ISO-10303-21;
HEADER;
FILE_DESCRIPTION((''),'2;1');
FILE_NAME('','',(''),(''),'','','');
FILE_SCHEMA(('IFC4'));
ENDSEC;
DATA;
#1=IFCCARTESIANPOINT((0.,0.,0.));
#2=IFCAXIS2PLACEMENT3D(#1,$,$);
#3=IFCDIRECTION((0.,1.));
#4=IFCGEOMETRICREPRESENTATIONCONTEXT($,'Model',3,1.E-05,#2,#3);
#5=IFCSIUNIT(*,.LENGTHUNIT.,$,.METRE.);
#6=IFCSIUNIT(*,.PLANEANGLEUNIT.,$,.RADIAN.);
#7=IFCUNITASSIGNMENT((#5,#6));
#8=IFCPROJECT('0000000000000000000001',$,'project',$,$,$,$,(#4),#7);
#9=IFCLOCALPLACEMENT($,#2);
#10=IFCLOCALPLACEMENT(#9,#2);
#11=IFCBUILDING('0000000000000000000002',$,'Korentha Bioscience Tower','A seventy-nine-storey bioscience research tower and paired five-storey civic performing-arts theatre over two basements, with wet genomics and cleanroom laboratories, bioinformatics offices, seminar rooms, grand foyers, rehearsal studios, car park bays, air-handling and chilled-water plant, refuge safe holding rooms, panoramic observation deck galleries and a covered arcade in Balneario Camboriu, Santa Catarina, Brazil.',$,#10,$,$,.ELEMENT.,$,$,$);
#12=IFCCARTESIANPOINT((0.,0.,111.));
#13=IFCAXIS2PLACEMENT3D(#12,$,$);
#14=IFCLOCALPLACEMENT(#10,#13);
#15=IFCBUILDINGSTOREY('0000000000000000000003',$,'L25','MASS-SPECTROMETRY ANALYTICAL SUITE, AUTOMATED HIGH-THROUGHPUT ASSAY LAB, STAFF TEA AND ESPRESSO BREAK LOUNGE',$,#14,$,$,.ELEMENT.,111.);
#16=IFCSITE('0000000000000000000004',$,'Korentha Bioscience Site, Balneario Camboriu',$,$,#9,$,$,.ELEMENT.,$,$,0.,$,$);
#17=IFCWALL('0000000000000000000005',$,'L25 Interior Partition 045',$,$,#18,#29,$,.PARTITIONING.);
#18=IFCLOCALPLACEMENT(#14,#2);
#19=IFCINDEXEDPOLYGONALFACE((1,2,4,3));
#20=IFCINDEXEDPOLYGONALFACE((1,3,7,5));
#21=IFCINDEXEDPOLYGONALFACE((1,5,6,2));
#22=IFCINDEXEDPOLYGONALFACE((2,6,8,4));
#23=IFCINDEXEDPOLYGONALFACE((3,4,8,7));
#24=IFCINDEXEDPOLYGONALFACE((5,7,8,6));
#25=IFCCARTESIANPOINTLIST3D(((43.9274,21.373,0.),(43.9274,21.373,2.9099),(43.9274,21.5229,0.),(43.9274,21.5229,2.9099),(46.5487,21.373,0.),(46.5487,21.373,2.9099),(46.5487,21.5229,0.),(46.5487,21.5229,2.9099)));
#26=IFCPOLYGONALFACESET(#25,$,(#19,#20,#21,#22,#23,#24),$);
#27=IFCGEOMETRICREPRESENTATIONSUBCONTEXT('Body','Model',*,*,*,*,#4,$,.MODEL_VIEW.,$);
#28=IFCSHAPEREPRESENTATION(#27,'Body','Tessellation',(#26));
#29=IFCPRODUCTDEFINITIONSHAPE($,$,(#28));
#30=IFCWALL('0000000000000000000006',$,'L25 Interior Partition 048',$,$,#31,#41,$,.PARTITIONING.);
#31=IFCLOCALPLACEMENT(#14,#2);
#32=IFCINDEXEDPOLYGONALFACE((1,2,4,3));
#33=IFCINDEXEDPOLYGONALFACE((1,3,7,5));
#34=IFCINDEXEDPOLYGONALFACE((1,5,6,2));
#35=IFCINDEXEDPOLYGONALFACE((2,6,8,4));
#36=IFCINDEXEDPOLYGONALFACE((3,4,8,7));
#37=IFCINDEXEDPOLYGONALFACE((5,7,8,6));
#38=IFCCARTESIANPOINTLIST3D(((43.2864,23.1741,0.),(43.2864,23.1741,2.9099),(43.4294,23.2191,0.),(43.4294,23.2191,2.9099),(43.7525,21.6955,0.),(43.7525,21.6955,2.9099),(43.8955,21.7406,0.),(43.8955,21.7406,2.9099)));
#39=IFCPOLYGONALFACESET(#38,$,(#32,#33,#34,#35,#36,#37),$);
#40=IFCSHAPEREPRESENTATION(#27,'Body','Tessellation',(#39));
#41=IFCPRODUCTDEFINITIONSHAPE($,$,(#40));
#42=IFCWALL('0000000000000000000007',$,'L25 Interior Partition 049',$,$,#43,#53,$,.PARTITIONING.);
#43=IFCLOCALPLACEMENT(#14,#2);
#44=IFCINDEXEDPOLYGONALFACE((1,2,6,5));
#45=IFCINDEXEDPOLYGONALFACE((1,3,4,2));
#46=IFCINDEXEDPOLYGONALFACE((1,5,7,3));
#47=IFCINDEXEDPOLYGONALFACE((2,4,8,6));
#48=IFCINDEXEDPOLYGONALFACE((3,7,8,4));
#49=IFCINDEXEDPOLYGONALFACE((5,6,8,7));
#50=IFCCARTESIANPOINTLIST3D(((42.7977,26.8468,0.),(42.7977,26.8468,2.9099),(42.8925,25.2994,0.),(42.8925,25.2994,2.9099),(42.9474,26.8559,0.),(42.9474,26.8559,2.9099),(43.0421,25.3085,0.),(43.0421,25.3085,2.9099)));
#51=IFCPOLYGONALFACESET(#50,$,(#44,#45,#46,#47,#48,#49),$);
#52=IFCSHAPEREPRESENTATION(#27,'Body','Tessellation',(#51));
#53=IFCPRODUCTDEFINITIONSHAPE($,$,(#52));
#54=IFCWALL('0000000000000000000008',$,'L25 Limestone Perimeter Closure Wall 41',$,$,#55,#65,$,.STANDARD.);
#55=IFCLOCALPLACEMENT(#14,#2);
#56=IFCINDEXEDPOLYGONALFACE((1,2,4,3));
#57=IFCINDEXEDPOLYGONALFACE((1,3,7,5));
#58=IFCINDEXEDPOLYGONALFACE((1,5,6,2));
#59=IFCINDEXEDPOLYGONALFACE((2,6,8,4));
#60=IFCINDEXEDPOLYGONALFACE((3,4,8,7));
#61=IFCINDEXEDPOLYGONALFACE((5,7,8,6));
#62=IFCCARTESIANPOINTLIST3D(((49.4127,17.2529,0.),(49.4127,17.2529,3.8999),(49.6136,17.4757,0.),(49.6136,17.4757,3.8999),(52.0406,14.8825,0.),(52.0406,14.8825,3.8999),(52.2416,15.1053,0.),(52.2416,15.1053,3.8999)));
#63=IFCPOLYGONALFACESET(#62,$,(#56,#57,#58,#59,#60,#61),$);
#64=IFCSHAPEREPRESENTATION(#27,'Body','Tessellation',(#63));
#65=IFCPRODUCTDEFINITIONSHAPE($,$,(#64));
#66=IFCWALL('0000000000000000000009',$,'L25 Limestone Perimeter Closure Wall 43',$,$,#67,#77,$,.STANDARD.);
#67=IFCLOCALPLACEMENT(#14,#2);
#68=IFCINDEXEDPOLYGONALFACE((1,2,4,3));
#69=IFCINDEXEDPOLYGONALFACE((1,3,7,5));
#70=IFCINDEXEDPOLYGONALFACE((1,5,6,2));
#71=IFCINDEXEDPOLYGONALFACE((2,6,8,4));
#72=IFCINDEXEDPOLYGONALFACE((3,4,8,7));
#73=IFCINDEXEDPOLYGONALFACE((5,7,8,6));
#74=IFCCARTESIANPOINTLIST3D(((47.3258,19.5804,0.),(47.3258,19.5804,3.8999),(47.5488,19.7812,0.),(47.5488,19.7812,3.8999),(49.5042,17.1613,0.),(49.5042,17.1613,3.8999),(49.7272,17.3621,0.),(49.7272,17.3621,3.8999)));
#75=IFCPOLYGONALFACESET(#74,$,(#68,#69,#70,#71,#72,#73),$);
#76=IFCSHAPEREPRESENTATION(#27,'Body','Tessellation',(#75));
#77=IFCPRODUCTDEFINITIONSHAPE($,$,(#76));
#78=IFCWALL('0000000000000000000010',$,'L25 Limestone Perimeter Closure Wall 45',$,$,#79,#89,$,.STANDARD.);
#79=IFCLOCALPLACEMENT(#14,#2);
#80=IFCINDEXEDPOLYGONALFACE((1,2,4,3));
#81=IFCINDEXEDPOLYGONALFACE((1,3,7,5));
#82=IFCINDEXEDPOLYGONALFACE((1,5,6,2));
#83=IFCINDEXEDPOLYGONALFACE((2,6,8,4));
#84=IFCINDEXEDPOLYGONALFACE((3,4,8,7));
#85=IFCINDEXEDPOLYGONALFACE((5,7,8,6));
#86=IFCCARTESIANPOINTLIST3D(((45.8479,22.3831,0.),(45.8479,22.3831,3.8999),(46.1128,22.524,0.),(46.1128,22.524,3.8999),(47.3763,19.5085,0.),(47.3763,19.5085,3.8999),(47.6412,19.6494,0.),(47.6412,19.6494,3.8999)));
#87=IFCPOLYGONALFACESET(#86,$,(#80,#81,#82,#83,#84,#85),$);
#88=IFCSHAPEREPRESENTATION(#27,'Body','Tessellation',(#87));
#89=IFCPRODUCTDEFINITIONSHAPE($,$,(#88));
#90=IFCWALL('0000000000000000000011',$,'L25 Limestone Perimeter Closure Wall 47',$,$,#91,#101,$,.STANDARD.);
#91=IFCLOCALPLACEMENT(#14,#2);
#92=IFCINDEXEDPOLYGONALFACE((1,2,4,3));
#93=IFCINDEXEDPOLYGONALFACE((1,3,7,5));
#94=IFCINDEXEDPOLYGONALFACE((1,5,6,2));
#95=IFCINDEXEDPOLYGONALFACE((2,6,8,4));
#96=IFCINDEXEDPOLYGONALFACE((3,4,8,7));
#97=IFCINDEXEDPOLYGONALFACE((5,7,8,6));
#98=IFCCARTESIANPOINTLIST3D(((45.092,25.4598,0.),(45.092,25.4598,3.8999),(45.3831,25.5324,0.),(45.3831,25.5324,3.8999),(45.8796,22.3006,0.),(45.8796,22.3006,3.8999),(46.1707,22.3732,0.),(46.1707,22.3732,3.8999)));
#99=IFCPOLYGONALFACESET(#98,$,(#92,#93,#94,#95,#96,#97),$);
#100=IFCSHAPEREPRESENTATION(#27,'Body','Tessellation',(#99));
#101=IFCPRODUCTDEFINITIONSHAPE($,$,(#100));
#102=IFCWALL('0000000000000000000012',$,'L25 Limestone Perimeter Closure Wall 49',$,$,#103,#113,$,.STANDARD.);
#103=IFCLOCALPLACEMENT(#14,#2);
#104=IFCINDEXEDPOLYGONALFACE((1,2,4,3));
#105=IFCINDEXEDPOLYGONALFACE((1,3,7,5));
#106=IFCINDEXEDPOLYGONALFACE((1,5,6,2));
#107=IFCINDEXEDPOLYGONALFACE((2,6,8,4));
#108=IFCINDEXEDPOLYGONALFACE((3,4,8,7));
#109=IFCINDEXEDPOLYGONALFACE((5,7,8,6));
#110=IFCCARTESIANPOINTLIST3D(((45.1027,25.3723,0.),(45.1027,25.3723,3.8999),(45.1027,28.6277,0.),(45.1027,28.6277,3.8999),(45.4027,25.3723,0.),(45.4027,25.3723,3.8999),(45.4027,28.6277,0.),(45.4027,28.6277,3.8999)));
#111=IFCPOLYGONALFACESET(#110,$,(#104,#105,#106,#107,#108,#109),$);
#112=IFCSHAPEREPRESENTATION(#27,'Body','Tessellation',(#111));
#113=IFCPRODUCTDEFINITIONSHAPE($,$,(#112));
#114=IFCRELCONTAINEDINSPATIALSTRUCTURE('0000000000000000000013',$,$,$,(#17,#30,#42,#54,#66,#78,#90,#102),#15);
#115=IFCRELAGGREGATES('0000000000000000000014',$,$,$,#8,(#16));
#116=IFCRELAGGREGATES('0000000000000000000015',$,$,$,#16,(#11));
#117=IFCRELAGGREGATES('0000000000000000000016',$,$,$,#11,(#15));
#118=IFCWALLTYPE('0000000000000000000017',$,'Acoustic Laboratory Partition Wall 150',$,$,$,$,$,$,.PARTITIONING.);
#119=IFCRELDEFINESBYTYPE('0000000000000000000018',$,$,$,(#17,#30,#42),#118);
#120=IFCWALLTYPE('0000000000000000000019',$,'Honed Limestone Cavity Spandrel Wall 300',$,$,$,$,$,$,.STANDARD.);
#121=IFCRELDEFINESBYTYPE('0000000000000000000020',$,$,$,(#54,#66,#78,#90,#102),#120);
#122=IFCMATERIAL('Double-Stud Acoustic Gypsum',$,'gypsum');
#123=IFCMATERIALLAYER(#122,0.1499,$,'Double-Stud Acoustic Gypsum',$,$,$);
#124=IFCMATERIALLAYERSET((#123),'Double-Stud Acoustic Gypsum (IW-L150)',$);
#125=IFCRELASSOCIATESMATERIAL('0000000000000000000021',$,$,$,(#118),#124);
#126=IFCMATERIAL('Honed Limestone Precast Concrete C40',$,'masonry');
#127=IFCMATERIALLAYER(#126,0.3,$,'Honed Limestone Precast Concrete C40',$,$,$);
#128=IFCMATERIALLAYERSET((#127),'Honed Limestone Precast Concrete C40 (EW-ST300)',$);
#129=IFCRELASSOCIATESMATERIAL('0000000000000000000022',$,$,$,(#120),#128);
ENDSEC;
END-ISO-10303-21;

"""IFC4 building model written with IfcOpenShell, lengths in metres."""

from ifc_helpers import new_model, si_unit, direction, frame, frame_2d, origin, place, context, subcontext, project, spatial, rectangle, extrude, material, layer, layer_set, type_object, element, save


model = new_model("IFC4")

# Units and contexts
model_context = context("Model", 3, precision=1e-05, world=origin(), true_north=direction((0.0, 1.0)))
body_context = subcontext(model_context, "Body", "Model", "MODEL_VIEW")
ifc_project = project(units=[si_unit("LENGTHUNIT", "METRE"), si_unit("PLANEANGLEUNIT", "RADIAN")], contexts=[model_context])

# Site, building, storey
site_placement = place(None, origin())
site = spatial("IfcSite", under=ifc_project, at=site_placement, Name="Korentha Bioscience Site, Balneario Camboriu", CompositionType="ELEMENT", RefElevation=0.0)
building_placement = place(site_placement, origin())
building = spatial("IfcBuilding", under=site, at=building_placement, Name="Korentha Bioscience Tower", Description="A seventy-nine-storey bioscience research tower and paired five-storey civic performing-arts theatre over two basements, with wet genomics and cleanroom laboratories, bioinformatics offices, seminar rooms, grand foyers, rehearsal studios, car park bays, air-handling and chilled-water plant, refuge safe holding rooms, panoramic observation deck galleries and a covered arcade in Balneario Camboriu, Santa Catarina, Brazil.", CompositionType="ELEMENT")
storey_placement = place(building_placement, frame((0.0, 0.0, 111.0)))
storey = spatial("IfcBuildingStorey", under=building, at=storey_placement, Name="L25", Description="MASS-SPECTROMETRY ANALYTICAL SUITE, AUTOMATED HIGH-THROUGHPUT ASSAY LAB, STAFF TEA AND ESPRESSO BREAK LOUNGE", CompositionType="ELEMENT", Elevation=111.0)

# Shared definitions
ifc_material_1 = material(Name="Double-Stud Acoustic Gypsum", Category="gypsum")
ifc_layer_1 = layer(ifc_material_1, 0.1499, Name="Double-Stud Acoustic Gypsum")
ifc_layer_set_1 = layer_set([ifc_layer_1], Name="Double-Stud Acoustic Gypsum (IW-L150)")
wall_type_1 = type_object("IfcWallType", Name="Acoustic Laboratory Partition Wall 150", PredefinedType="PARTITIONING", material=ifc_layer_set_1)

# Walls
wall_1_placement = place(storey_placement, frame((43.9275, 21.448, 0.0), z_axis=(0.0, 0.0, 1.0), x_axis=(1.0, 0.0, 0.0)))
element("IfcWall", 1, at=wall_1_placement, inside=storey, type_object=wall_type_1, Name="L25 Interior Partition 045", PredefinedType="PARTITIONING", context=body_context, shape_type="SweptSolid", body=[
    extrude(rectangle(XDim=2.6213, YDim=0.1499, at=frame_2d((1.3105, 0.0))), origin(), (0.0, 0.0, 1.0), 2.9099),
])
for number, where, z_axis, x_axis, name in (
    (2, (43.824, 21.718, 0.0), (0.0, 0.0, 1.0), (-0.300641, 0.953737, 0.0), "L25 Interior Partition 048"),
    (3, (42.9673, 25.304, 0.0), (0.0, 0.0, 1.0), (-0.061104, 0.998131, 0.0), "L25 Interior Partition 049"),
):
    element("IfcWall", number, at=place(storey_placement, frame(where, z_axis=z_axis, x_axis=x_axis)), inside=storey, type_object=wall_type_1, Name=name, PredefinedType="PARTITIONING", context=body_context, shape_type="SweptSolid", body=[
        extrude(rectangle(XDim=1.5503, YDim=0.1499, at=frame_2d((0.7751, 0.0))), origin(), (0.0, 0.0, 1.0), 2.9099),
    ])
ifc_material_2 = material(Name="Honed Limestone Precast Concrete C40", Category="masonry")
ifc_layer_2 = layer(ifc_material_2, 0.3, Name="Honed Limestone Precast Concrete C40")
ifc_layer_set_2 = layer_set([ifc_layer_2], Name="Honed Limestone Precast Concrete C40 (EW-ST300)")
wall_type_2 = type_object("IfcWallType", Name="Honed Limestone Cavity Spandrel Wall 300", PredefinedType="STANDARD", material=ifc_layer_set_2)
wall_2_placement = place(storey_placement, frame((52.1411, 14.9939, 0.0), z_axis=(0.0, 0.0, 1.0), x_axis=(-0.74256, 0.66978, 0.0)))
element("IfcWall", 4, at=wall_2_placement, inside=storey, type_object=wall_type_2, Name="L25 Limestone Perimeter Closure Wall 41", PredefinedType="STANDARD", context=body_context, shape_type="SweptSolid", body=[
    extrude(rectangle(XDim=3.5391, YDim=0.3, at=frame_2d((1.7695, 0.0))), origin(), (0.0, 0.0, 1.0), 3.8999),
])
wall_3_placement = place(storey_placement, frame((49.6157, 17.2617, 0.0), z_axis=(0.0, 0.0, 1.0), x_axis=(-0.669168, 0.743111, 0.0)))
element("IfcWall", 5, at=wall_3_placement, inside=storey, type_object=wall_type_2, Name="L25 Limestone Perimeter Closure Wall 43", PredefinedType="STANDARD", context=body_context, shape_type="SweptSolid", body=[
    extrude(rectangle(XDim=3.2554, YDim=0.3, at=frame_2d((1.6277, 0.0))), origin(), (0.0, 0.0, 1.0), 3.8999),
])
wall_4_placement = place(storey_placement, frame((47.5088, 19.5789, 0.0), z_axis=(0.0, 0.0, 1.0), x_axis=(-0.469451, 0.882958, 0.0)))
element("IfcWall", 6, at=wall_4_placement, inside=storey, type_object=wall_type_2, Name="L25 Limestone Perimeter Closure Wall 45", PredefinedType="STANDARD", context=body_context, shape_type="SweptSolid", body=[
    extrude(rectangle(XDim=3.2556, YDim=0.3, at=frame_2d((1.6279, 0.0))), origin(), (0.0, 0.0, 1.0), 3.8999),
])
wall_5_placement = place(storey_placement, frame((46.0251, 22.3369, 0.0), z_axis=(0.0, 0.0, 1.0), x_axis=(-0.2419, 0.970301, 0.0)))
element("IfcWall", 7, at=wall_5_placement, inside=storey, type_object=wall_type_2, Name="L25 Limestone Perimeter Closure Wall 47", PredefinedType="STANDARD", context=body_context, shape_type="SweptSolid", body=[
    extrude(rectangle(XDim=3.2559, YDim=0.3, at=frame_2d((1.6279, 0.0))), origin(), (0.0, 0.0, 1.0), 3.8999),
])
wall_6_placement = place(storey_placement, frame((45.2527, 25.3723, 0.0), z_axis=(0.0, 0.0, 1.0), x_axis=(0.0, 1.0, 0.0)))
element("IfcWall", 8, at=wall_6_placement, inside=storey, type_object=wall_type_2, Name="L25 Limestone Perimeter Closure Wall 49", PredefinedType="STANDARD", context=body_context, shape_type="SweptSolid", body=[
    extrude(rectangle(XDim=3.2554, YDim=0.3, at=frame_2d((1.6277, 0.0))), origin(), (0.0, 0.0, 1.0), 3.8999),
])

save(model, "model.ifc")
